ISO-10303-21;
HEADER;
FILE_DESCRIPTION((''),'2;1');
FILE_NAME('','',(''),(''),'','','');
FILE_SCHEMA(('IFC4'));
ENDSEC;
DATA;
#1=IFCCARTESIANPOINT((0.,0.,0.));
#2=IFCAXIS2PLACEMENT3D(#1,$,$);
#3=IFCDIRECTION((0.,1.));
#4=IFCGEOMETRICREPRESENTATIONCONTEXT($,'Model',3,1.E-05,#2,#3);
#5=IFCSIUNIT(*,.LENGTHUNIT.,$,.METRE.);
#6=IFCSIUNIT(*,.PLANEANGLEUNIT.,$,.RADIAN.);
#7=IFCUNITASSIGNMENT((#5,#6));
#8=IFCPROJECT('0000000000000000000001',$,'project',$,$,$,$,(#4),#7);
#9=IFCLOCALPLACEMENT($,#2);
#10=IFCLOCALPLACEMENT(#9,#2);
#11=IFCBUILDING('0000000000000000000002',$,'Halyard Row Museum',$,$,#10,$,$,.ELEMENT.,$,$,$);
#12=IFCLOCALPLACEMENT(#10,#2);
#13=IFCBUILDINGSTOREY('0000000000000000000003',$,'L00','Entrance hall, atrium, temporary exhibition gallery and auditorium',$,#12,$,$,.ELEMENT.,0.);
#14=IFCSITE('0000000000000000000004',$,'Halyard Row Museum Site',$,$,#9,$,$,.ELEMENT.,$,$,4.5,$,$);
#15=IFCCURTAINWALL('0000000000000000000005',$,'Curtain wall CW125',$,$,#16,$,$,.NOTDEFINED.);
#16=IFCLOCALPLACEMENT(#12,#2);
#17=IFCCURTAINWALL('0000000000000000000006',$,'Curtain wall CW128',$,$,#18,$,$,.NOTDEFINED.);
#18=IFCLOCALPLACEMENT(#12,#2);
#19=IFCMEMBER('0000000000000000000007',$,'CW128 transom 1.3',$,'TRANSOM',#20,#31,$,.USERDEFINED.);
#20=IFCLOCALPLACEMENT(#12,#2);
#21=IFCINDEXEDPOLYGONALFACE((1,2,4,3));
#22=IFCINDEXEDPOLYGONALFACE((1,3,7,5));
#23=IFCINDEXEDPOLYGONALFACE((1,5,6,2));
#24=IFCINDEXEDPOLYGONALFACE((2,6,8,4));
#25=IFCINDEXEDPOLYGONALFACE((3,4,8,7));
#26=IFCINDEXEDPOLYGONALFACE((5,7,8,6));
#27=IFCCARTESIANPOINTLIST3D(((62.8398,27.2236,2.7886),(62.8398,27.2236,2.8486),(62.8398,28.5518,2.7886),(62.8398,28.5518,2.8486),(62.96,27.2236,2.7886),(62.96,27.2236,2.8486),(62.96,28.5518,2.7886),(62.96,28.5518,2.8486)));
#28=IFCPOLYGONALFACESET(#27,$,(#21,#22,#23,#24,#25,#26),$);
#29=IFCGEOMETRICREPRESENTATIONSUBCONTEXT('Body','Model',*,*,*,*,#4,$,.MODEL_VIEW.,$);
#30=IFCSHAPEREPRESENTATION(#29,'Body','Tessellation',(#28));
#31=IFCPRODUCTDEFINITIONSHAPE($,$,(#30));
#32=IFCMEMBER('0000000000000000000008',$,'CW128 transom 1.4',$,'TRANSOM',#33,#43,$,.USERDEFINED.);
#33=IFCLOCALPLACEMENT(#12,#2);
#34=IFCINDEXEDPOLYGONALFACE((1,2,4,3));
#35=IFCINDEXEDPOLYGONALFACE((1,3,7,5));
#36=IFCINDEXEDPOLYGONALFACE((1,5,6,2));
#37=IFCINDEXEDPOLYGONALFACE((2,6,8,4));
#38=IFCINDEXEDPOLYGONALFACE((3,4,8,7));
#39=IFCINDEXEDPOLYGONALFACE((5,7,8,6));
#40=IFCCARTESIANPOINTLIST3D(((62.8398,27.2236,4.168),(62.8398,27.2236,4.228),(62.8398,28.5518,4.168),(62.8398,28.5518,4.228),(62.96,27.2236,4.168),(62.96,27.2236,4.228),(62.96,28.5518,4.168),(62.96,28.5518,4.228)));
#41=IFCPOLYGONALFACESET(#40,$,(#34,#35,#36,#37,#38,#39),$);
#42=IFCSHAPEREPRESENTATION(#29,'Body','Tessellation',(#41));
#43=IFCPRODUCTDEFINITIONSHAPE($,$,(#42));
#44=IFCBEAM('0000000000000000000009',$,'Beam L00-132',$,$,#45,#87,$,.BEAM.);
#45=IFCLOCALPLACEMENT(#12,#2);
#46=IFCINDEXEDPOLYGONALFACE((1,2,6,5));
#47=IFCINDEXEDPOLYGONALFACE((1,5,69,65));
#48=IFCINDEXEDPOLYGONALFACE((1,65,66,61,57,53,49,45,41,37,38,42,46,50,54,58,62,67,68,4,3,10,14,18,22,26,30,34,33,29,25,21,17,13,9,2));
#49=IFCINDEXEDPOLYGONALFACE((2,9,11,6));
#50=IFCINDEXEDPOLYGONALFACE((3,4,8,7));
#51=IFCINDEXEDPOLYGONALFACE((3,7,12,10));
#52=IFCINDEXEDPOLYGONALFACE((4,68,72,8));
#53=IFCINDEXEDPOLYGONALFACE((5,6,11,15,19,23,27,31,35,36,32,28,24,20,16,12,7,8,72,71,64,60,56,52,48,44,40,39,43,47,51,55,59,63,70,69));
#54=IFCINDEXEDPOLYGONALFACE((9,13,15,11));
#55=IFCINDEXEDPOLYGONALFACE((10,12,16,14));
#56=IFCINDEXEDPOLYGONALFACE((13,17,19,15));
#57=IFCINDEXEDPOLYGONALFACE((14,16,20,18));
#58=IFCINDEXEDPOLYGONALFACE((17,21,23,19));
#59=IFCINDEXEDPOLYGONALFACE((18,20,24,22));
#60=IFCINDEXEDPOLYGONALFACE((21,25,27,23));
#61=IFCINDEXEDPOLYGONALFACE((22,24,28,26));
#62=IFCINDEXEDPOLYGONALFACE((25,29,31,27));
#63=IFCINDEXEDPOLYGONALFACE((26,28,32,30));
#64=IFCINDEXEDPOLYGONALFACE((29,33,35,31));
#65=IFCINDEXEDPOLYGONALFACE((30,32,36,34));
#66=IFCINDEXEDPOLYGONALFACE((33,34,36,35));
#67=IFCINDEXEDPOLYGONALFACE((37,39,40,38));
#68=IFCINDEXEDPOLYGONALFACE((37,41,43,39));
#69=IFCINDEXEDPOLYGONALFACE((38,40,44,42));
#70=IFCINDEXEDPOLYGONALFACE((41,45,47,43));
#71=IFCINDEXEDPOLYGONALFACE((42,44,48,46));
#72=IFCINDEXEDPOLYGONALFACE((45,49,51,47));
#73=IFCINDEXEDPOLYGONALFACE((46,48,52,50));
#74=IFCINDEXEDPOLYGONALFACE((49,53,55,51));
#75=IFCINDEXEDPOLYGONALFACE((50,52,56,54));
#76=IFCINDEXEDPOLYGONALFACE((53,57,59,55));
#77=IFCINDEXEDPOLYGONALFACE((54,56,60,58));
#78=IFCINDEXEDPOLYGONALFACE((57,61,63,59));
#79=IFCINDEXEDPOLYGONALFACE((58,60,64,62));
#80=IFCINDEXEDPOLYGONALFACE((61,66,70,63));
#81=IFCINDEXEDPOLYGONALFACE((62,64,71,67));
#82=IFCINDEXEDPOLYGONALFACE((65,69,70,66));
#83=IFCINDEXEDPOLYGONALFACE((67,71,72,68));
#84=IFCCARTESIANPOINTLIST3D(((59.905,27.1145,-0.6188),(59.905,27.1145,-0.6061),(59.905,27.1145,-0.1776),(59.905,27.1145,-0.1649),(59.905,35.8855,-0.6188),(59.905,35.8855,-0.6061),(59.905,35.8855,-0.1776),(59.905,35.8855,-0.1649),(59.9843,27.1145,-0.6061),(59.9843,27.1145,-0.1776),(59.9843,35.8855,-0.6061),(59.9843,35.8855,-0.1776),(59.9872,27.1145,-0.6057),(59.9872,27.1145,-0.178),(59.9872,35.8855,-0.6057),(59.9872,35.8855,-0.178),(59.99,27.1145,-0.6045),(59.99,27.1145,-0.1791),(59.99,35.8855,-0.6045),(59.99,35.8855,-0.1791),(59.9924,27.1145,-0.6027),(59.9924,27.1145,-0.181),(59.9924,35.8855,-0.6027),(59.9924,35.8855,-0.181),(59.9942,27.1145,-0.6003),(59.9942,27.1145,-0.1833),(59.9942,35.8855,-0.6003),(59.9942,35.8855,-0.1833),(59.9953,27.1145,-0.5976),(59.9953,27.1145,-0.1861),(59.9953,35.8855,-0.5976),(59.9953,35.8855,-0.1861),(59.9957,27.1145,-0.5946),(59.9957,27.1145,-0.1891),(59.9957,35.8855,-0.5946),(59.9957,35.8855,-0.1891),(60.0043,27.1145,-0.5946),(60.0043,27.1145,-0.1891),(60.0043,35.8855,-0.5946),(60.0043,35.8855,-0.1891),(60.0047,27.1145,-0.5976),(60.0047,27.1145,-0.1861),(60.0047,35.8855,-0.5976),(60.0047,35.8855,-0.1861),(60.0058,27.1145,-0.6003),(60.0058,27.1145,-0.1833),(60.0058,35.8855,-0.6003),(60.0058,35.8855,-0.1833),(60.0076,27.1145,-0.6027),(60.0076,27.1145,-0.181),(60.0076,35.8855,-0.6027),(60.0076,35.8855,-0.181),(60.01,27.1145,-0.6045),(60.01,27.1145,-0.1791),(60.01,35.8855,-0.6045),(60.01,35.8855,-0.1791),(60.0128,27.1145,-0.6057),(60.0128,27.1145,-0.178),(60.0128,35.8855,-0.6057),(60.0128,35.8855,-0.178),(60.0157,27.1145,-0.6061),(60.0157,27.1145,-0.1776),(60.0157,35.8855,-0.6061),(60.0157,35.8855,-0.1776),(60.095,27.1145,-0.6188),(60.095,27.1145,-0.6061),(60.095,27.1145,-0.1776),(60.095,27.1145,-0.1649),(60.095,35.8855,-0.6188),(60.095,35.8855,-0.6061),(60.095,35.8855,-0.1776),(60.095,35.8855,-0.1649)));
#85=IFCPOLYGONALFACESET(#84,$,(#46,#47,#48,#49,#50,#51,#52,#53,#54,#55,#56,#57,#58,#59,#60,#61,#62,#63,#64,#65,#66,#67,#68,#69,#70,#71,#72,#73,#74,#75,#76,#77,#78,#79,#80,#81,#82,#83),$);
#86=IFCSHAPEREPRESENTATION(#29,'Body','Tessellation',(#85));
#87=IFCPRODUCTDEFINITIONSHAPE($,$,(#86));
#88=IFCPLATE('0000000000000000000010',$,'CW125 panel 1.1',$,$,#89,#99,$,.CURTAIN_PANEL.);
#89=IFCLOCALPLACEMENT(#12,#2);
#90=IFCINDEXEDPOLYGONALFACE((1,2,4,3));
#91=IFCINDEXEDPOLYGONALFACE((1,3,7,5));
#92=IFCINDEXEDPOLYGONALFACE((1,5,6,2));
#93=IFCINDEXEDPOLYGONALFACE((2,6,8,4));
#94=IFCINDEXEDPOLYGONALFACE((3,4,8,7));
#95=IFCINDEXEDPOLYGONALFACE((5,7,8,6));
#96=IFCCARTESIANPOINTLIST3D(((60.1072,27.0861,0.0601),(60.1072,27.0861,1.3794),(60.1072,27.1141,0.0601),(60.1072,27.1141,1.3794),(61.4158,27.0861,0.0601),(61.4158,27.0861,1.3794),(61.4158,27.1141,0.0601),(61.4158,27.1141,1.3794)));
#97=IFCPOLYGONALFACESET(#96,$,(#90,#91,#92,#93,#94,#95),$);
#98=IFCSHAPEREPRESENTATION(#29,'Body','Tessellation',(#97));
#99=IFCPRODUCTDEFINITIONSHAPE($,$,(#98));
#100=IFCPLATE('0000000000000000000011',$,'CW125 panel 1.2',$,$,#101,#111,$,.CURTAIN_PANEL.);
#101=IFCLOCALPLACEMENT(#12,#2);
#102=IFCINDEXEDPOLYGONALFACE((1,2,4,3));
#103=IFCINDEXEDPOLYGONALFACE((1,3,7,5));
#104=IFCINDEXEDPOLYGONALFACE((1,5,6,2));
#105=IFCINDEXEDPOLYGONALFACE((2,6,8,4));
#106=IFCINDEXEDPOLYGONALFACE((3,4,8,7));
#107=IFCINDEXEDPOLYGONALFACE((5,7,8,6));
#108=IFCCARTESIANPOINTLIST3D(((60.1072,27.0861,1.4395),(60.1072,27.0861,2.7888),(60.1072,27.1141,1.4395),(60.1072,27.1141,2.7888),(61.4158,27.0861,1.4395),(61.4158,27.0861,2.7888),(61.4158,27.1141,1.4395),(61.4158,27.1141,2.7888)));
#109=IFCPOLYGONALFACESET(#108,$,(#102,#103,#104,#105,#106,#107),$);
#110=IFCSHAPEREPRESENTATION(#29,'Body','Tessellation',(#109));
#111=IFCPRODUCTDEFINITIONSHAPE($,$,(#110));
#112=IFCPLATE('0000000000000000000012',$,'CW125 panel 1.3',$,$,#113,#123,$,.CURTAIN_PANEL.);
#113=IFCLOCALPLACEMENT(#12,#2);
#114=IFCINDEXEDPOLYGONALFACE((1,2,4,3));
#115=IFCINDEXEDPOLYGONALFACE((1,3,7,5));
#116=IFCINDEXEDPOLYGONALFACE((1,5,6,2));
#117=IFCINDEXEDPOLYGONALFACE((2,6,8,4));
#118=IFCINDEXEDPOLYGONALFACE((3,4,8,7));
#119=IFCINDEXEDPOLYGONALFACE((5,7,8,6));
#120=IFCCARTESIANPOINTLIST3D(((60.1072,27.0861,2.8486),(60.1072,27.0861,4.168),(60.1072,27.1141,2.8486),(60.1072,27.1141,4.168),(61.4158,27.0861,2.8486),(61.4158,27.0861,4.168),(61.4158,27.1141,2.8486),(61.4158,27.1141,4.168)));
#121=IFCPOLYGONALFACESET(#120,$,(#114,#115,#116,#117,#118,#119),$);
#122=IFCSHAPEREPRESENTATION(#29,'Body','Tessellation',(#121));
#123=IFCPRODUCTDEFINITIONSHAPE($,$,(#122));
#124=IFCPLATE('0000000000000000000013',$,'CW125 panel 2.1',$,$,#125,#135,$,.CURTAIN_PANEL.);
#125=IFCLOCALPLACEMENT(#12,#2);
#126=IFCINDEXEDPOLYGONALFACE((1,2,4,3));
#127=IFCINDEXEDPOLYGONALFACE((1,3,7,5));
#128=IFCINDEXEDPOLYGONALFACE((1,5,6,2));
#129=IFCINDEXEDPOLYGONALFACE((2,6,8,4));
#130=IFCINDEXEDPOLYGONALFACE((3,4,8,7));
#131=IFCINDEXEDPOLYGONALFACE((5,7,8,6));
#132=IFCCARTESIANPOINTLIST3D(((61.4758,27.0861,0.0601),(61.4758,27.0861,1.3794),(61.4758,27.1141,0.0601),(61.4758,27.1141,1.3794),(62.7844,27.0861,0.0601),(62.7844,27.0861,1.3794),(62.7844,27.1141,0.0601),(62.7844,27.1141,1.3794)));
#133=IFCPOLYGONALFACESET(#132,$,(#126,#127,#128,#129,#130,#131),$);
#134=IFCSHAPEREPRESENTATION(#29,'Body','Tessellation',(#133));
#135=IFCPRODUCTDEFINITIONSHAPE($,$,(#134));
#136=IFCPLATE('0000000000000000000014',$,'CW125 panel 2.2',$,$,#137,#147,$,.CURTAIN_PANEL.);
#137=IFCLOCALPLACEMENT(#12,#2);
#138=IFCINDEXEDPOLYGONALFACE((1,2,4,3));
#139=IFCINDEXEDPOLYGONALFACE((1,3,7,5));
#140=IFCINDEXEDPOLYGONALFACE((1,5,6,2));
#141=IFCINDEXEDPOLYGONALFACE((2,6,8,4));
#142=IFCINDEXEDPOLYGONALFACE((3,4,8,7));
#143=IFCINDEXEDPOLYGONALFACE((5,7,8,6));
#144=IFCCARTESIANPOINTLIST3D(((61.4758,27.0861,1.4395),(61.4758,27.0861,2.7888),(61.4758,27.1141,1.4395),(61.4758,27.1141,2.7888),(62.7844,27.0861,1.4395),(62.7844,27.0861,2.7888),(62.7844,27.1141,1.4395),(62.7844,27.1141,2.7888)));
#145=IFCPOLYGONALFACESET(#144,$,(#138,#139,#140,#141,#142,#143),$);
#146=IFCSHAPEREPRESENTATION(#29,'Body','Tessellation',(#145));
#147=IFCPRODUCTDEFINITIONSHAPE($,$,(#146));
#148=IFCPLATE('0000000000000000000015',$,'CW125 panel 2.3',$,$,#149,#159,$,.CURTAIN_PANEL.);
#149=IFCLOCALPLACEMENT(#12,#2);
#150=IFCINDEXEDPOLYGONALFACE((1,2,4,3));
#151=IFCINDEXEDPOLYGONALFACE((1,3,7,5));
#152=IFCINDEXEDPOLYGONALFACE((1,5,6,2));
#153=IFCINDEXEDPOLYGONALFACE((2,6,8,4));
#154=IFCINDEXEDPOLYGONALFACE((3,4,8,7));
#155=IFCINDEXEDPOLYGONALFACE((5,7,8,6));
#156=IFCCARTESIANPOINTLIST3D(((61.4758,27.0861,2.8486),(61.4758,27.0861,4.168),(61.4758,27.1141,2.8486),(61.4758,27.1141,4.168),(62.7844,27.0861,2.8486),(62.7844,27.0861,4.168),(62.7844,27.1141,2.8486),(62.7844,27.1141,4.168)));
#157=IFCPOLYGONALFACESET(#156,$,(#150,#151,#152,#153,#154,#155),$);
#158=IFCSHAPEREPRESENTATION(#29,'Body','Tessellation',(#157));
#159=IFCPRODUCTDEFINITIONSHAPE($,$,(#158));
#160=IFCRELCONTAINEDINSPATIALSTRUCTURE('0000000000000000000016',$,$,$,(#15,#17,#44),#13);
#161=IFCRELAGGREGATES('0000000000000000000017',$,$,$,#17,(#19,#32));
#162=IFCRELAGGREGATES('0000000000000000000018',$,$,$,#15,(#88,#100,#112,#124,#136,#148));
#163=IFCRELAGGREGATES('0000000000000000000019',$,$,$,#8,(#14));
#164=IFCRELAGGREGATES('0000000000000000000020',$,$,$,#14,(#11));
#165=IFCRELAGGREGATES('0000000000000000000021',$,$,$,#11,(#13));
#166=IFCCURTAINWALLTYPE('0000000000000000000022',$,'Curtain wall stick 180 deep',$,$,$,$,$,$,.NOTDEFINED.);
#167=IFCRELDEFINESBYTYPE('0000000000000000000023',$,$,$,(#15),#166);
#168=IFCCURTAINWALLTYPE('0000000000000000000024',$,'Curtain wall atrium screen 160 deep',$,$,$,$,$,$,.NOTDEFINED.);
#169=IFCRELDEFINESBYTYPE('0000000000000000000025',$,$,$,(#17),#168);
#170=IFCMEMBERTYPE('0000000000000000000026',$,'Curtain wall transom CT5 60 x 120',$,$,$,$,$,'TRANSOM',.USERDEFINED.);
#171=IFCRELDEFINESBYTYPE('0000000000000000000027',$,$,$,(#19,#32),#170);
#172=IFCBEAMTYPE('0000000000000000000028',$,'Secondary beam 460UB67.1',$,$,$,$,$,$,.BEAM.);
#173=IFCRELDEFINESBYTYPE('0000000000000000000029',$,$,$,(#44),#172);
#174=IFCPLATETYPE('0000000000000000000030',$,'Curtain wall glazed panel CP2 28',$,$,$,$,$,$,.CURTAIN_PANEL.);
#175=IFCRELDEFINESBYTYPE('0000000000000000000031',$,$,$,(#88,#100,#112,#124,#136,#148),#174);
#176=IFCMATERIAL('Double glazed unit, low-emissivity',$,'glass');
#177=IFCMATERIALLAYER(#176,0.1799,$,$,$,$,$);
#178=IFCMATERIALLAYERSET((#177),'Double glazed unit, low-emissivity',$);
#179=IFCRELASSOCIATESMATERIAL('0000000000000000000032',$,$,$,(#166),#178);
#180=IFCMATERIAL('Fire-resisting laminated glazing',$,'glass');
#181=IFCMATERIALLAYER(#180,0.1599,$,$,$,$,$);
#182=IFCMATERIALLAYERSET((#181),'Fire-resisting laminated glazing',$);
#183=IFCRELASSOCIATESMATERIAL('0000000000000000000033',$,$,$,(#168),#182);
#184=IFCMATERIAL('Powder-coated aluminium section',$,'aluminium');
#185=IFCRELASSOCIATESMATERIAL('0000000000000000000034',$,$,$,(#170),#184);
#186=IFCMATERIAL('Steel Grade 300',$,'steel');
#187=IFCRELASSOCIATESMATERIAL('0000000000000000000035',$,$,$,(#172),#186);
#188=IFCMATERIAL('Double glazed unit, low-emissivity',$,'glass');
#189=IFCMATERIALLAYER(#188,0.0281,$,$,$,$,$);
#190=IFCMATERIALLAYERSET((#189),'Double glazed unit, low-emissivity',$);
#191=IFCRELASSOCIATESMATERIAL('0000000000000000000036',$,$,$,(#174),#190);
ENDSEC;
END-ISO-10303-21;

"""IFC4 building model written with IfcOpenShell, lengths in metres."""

from ifc_helpers import new_model, si_unit, direction, frame, origin, origin_2d, place, context, subcontext, project, spatial, rectangle, i_section, extrude, material, layer, layer_set, material_profile, profile_set, type_object, element, aggregate, save


model = new_model("IFC4")

# Units and contexts
model_context = context("Model", 3, precision=1e-05, world=origin(), true_north=direction((0.0, 1.0)))
body_context = subcontext(model_context, "Body", "Model", "MODEL_VIEW")
ifc_project = project(units=[si_unit("LENGTHUNIT", "METRE"), si_unit("PLANEANGLEUNIT", "RADIAN")], contexts=[model_context])

# Site, building, storey
site_placement = place(None, origin())
site = spatial("IfcSite", under=ifc_project, at=site_placement, Name="Halyard Row Museum Site", CompositionType="ELEMENT", RefElevation=4.5)
building_placement = place(site_placement, origin())
building = spatial("IfcBuilding", under=site, at=building_placement, Name="Halyard Row Museum", CompositionType="ELEMENT")
storey_placement = place(building_placement, origin())
storey = spatial("IfcBuildingStorey", under=building, at=storey_placement, Name="L00", Description="Entrance hall, atrium, temporary exhibition gallery and auditorium", CompositionType="ELEMENT", Elevation=0.0)

# Curtain wall
ifc_material_1 = material(Name="Double glazed unit, low-emissivity", Category="glass")
ifc_layer_1 = layer(ifc_material_1, 0.1799)
ifc_layer_set_1 = layer_set([ifc_layer_1], Name="Double glazed unit, low-emissivity")
curtain_wall_type_1 = type_object("IfcCurtainWallType", Name="Curtain wall stick 180 deep", PredefinedType="NOTDEFINED", material=ifc_layer_set_1)
curtain_wall_1_placement = place(storey_placement, origin())
curtain_wall_1 = element("IfcCurtainWall", 1, at=curtain_wall_1_placement, inside=storey, type_object=curtain_wall_type_1, Name="Curtain wall CW125", PredefinedType="NOTDEFINED")

# Curtain wall
ifc_material_2 = material(Name="Fire-resisting laminated glazing", Category="glass")
ifc_layer_2 = layer(ifc_material_2, 0.1599)
ifc_layer_set_2 = layer_set([ifc_layer_2], Name="Fire-resisting laminated glazing")
curtain_wall_type_2 = type_object("IfcCurtainWallType", Name="Curtain wall atrium screen 160 deep", PredefinedType="NOTDEFINED", material=ifc_layer_set_2)
curtain_wall_2_placement = place(storey_placement, origin())
curtain_wall_2 = element("IfcCurtainWall", 2, at=curtain_wall_2_placement, inside=storey, type_object=curtain_wall_type_2, Name="Curtain wall CW128", PredefinedType="NOTDEFINED")

# Members
ifc_material_3 = material(Name="Powder-coated aluminium section", Category="aluminium")
ifc_material_profile_1 = material_profile(ifc_material_3, rectangle(XDim=0.1201, YDim=0.0601, at=origin_2d()), Name="120x60 transom")
ifc_profile_set_1 = profile_set([ifc_material_profile_1], Name="Powder-coated aluminium section")
member_type_1 = type_object("IfcMemberType", Name="Curtain wall transom CT5 60 x 120", ElementType="TRANSOM", PredefinedType="USERDEFINED", material=ifc_profile_set_1)
member_1_placement = place(storey_placement, frame((62.8999, 27.2236, 2.8186), z_axis=(0.0, 1.0, 0.0), x_axis=(-1.0, 0.0, 0.0)))
member_1 = element("IfcMember", 3, at=member_1_placement, type_object=member_type_1, Name="CW128 transom 1.3", ObjectType="TRANSOM", PredefinedType="USERDEFINED", context=body_context, shape_type="SweptSolid", body=[
    extrude(rectangle(XDim=0.1201, YDim=0.0601, at=origin_2d()), origin(), (0.0, 0.0, 1.0), 1.3281),
])
member_2_placement = place(storey_placement, frame((62.8999, 27.2236, 4.198), z_axis=(0.0, 1.0, 0.0), x_axis=(-1.0, 0.0, 0.0)))
member_2 = element("IfcMember", 4, at=member_2_placement, type_object=member_type_1, Name="CW128 transom 1.4", ObjectType="TRANSOM", PredefinedType="USERDEFINED", context=body_context, shape_type="SweptSolid", body=[
    extrude(rectangle(XDim=0.1201, YDim=0.0601, at=origin_2d()), origin(), (0.0, 0.0, 1.0), 1.3281),
])
aggregate(curtain_wall_2, [member_1, member_2])

# Beam
ifc_material_4 = material(Name="Steel Grade 300", Category="steel")
ifc_material_profile_2 = material_profile(ifc_material_4, i_section(OverallWidth=0.1899, OverallDepth=0.4539, WebThickness=0.0085, FlangeThickness=0.0127, FilletRadius=0.0115, at=origin_2d()), Name="460UB67.1")
ifc_profile_set_2 = profile_set([ifc_material_profile_2], Name="Steel Grade 300")
beam_type = type_object("IfcBeamType", Name="Secondary beam 460UB67.1", PredefinedType="BEAM", material=ifc_profile_set_2)
beam_placement = place(storey_placement, frame((60.0, 27.1145, -0.3918), z_axis=(0.0, 1.0, 0.0), x_axis=(-1.0, 0.0, 0.0)))
element("IfcBeam", 5, at=beam_placement, inside=storey, type_object=beam_type, Name="Beam L00-132", PredefinedType="BEAM", context=body_context, shape_type="SweptSolid", body=[
    extrude(i_section(OverallWidth=0.1899, OverallDepth=0.4539, WebThickness=0.0085, FlangeThickness=0.0127, FilletRadius=0.0115, at=origin_2d()), origin(), (0.0, 0.0, 1.0), 8.771),
])

# Plates
ifc_material_5 = material(Name="Double glazed unit, low-emissivity", Category="glass")
ifc_layer_3 = layer(ifc_material_5, 0.0281)
ifc_layer_set_3 = layer_set([ifc_layer_3], Name="Double glazed unit, low-emissivity")
plate_type = type_object("IfcPlateType", Name="Curtain wall glazed panel CP2 28", PredefinedType="CURTAIN_PANEL", material=ifc_layer_set_3)
plate_1_placement = place(storey_placement, frame((60.7615, 27.1001, 0.0601), z_axis=(0.0, 0.0, 1.0), x_axis=(1.0, 0.0, 0.0)))
plate_1 = element("IfcPlate", 6, at=plate_1_placement, type_object=plate_type, Name="CW125 panel 1.1", PredefinedType="CURTAIN_PANEL", context=body_context, shape_type="SweptSolid", body=[
    extrude(rectangle(XDim=1.3086, YDim=0.0281, at=origin_2d()), origin(), (0.0, 0.0, 1.0), 1.3193),
])
plate_2_placement = place(storey_placement, frame((60.7615, 27.1001, 1.4395), z_axis=(0.0, 0.0, 1.0), x_axis=(1.0, 0.0, 0.0)))
plate_2 = element("IfcPlate", 7, at=plate_2_placement, type_object=plate_type, Name="CW125 panel 1.2", PredefinedType="CURTAIN_PANEL", context=body_context, shape_type="SweptSolid", body=[
    extrude(rectangle(XDim=1.3086, YDim=0.0281, at=origin_2d()), origin(), (0.0, 0.0, 1.0), 1.3494),
])
plate_3_placement = place(storey_placement, frame((60.7615, 27.1001, 2.8486), z_axis=(0.0, 0.0, 1.0), x_axis=(1.0, 0.0, 0.0)))
plate_3 = element("IfcPlate", 8, at=plate_3_placement, type_object=plate_type, Name="CW125 panel 1.3", PredefinedType="CURTAIN_PANEL", context=body_context, shape_type="SweptSolid", body=[
    extrude(rectangle(XDim=1.3086, YDim=0.0281, at=origin_2d()), origin(), (0.0, 0.0, 1.0), 1.3193),
])
plate_4_placement = place(storey_placement, frame((62.1301, 27.1001, 0.0601), z_axis=(0.0, 0.0, 1.0), x_axis=(1.0, 0.0, 0.0)))
plate_4 = element("IfcPlate", 9, at=plate_4_placement, type_object=plate_type, Name="CW125 panel 2.1", PredefinedType="CURTAIN_PANEL", context=body_context, shape_type="SweptSolid", body=[
    extrude(rectangle(XDim=1.3086, YDim=0.0281, at=origin_2d()), origin(), (0.0, 0.0, 1.0), 1.3193),
])
plate_5_placement = place(storey_placement, frame((62.1301, 27.1001, 1.4395), z_axis=(0.0, 0.0, 1.0), x_axis=(1.0, 0.0, 0.0)))
plate_5 = element("IfcPlate", 10, at=plate_5_placement, type_object=plate_type, Name="CW125 panel 2.2", PredefinedType="CURTAIN_PANEL", context=body_context, shape_type="SweptSolid", body=[
    extrude(rectangle(XDim=1.3086, YDim=0.0281, at=origin_2d()), origin(), (0.0, 0.0, 1.0), 1.3494),
])
plate_6_placement = place(storey_placement, frame((62.1301, 27.1001, 2.8486), z_axis=(0.0, 0.0, 1.0), x_axis=(1.0, 0.0, 0.0)))
plate_6 = element("IfcPlate", 11, at=plate_6_placement, type_object=plate_type, Name="CW125 panel 2.3", PredefinedType="CURTAIN_PANEL", context=body_context, shape_type="SweptSolid", body=[
    extrude(rectangle(XDim=1.3086, YDim=0.0281, at=origin_2d()), origin(), (0.0, 0.0, 1.0), 1.3193),
])
aggregate(curtain_wall_1, [plate_1, plate_2, plate_3, plate_4, plate_5, plate_6])

save(model, "model.ifc")
